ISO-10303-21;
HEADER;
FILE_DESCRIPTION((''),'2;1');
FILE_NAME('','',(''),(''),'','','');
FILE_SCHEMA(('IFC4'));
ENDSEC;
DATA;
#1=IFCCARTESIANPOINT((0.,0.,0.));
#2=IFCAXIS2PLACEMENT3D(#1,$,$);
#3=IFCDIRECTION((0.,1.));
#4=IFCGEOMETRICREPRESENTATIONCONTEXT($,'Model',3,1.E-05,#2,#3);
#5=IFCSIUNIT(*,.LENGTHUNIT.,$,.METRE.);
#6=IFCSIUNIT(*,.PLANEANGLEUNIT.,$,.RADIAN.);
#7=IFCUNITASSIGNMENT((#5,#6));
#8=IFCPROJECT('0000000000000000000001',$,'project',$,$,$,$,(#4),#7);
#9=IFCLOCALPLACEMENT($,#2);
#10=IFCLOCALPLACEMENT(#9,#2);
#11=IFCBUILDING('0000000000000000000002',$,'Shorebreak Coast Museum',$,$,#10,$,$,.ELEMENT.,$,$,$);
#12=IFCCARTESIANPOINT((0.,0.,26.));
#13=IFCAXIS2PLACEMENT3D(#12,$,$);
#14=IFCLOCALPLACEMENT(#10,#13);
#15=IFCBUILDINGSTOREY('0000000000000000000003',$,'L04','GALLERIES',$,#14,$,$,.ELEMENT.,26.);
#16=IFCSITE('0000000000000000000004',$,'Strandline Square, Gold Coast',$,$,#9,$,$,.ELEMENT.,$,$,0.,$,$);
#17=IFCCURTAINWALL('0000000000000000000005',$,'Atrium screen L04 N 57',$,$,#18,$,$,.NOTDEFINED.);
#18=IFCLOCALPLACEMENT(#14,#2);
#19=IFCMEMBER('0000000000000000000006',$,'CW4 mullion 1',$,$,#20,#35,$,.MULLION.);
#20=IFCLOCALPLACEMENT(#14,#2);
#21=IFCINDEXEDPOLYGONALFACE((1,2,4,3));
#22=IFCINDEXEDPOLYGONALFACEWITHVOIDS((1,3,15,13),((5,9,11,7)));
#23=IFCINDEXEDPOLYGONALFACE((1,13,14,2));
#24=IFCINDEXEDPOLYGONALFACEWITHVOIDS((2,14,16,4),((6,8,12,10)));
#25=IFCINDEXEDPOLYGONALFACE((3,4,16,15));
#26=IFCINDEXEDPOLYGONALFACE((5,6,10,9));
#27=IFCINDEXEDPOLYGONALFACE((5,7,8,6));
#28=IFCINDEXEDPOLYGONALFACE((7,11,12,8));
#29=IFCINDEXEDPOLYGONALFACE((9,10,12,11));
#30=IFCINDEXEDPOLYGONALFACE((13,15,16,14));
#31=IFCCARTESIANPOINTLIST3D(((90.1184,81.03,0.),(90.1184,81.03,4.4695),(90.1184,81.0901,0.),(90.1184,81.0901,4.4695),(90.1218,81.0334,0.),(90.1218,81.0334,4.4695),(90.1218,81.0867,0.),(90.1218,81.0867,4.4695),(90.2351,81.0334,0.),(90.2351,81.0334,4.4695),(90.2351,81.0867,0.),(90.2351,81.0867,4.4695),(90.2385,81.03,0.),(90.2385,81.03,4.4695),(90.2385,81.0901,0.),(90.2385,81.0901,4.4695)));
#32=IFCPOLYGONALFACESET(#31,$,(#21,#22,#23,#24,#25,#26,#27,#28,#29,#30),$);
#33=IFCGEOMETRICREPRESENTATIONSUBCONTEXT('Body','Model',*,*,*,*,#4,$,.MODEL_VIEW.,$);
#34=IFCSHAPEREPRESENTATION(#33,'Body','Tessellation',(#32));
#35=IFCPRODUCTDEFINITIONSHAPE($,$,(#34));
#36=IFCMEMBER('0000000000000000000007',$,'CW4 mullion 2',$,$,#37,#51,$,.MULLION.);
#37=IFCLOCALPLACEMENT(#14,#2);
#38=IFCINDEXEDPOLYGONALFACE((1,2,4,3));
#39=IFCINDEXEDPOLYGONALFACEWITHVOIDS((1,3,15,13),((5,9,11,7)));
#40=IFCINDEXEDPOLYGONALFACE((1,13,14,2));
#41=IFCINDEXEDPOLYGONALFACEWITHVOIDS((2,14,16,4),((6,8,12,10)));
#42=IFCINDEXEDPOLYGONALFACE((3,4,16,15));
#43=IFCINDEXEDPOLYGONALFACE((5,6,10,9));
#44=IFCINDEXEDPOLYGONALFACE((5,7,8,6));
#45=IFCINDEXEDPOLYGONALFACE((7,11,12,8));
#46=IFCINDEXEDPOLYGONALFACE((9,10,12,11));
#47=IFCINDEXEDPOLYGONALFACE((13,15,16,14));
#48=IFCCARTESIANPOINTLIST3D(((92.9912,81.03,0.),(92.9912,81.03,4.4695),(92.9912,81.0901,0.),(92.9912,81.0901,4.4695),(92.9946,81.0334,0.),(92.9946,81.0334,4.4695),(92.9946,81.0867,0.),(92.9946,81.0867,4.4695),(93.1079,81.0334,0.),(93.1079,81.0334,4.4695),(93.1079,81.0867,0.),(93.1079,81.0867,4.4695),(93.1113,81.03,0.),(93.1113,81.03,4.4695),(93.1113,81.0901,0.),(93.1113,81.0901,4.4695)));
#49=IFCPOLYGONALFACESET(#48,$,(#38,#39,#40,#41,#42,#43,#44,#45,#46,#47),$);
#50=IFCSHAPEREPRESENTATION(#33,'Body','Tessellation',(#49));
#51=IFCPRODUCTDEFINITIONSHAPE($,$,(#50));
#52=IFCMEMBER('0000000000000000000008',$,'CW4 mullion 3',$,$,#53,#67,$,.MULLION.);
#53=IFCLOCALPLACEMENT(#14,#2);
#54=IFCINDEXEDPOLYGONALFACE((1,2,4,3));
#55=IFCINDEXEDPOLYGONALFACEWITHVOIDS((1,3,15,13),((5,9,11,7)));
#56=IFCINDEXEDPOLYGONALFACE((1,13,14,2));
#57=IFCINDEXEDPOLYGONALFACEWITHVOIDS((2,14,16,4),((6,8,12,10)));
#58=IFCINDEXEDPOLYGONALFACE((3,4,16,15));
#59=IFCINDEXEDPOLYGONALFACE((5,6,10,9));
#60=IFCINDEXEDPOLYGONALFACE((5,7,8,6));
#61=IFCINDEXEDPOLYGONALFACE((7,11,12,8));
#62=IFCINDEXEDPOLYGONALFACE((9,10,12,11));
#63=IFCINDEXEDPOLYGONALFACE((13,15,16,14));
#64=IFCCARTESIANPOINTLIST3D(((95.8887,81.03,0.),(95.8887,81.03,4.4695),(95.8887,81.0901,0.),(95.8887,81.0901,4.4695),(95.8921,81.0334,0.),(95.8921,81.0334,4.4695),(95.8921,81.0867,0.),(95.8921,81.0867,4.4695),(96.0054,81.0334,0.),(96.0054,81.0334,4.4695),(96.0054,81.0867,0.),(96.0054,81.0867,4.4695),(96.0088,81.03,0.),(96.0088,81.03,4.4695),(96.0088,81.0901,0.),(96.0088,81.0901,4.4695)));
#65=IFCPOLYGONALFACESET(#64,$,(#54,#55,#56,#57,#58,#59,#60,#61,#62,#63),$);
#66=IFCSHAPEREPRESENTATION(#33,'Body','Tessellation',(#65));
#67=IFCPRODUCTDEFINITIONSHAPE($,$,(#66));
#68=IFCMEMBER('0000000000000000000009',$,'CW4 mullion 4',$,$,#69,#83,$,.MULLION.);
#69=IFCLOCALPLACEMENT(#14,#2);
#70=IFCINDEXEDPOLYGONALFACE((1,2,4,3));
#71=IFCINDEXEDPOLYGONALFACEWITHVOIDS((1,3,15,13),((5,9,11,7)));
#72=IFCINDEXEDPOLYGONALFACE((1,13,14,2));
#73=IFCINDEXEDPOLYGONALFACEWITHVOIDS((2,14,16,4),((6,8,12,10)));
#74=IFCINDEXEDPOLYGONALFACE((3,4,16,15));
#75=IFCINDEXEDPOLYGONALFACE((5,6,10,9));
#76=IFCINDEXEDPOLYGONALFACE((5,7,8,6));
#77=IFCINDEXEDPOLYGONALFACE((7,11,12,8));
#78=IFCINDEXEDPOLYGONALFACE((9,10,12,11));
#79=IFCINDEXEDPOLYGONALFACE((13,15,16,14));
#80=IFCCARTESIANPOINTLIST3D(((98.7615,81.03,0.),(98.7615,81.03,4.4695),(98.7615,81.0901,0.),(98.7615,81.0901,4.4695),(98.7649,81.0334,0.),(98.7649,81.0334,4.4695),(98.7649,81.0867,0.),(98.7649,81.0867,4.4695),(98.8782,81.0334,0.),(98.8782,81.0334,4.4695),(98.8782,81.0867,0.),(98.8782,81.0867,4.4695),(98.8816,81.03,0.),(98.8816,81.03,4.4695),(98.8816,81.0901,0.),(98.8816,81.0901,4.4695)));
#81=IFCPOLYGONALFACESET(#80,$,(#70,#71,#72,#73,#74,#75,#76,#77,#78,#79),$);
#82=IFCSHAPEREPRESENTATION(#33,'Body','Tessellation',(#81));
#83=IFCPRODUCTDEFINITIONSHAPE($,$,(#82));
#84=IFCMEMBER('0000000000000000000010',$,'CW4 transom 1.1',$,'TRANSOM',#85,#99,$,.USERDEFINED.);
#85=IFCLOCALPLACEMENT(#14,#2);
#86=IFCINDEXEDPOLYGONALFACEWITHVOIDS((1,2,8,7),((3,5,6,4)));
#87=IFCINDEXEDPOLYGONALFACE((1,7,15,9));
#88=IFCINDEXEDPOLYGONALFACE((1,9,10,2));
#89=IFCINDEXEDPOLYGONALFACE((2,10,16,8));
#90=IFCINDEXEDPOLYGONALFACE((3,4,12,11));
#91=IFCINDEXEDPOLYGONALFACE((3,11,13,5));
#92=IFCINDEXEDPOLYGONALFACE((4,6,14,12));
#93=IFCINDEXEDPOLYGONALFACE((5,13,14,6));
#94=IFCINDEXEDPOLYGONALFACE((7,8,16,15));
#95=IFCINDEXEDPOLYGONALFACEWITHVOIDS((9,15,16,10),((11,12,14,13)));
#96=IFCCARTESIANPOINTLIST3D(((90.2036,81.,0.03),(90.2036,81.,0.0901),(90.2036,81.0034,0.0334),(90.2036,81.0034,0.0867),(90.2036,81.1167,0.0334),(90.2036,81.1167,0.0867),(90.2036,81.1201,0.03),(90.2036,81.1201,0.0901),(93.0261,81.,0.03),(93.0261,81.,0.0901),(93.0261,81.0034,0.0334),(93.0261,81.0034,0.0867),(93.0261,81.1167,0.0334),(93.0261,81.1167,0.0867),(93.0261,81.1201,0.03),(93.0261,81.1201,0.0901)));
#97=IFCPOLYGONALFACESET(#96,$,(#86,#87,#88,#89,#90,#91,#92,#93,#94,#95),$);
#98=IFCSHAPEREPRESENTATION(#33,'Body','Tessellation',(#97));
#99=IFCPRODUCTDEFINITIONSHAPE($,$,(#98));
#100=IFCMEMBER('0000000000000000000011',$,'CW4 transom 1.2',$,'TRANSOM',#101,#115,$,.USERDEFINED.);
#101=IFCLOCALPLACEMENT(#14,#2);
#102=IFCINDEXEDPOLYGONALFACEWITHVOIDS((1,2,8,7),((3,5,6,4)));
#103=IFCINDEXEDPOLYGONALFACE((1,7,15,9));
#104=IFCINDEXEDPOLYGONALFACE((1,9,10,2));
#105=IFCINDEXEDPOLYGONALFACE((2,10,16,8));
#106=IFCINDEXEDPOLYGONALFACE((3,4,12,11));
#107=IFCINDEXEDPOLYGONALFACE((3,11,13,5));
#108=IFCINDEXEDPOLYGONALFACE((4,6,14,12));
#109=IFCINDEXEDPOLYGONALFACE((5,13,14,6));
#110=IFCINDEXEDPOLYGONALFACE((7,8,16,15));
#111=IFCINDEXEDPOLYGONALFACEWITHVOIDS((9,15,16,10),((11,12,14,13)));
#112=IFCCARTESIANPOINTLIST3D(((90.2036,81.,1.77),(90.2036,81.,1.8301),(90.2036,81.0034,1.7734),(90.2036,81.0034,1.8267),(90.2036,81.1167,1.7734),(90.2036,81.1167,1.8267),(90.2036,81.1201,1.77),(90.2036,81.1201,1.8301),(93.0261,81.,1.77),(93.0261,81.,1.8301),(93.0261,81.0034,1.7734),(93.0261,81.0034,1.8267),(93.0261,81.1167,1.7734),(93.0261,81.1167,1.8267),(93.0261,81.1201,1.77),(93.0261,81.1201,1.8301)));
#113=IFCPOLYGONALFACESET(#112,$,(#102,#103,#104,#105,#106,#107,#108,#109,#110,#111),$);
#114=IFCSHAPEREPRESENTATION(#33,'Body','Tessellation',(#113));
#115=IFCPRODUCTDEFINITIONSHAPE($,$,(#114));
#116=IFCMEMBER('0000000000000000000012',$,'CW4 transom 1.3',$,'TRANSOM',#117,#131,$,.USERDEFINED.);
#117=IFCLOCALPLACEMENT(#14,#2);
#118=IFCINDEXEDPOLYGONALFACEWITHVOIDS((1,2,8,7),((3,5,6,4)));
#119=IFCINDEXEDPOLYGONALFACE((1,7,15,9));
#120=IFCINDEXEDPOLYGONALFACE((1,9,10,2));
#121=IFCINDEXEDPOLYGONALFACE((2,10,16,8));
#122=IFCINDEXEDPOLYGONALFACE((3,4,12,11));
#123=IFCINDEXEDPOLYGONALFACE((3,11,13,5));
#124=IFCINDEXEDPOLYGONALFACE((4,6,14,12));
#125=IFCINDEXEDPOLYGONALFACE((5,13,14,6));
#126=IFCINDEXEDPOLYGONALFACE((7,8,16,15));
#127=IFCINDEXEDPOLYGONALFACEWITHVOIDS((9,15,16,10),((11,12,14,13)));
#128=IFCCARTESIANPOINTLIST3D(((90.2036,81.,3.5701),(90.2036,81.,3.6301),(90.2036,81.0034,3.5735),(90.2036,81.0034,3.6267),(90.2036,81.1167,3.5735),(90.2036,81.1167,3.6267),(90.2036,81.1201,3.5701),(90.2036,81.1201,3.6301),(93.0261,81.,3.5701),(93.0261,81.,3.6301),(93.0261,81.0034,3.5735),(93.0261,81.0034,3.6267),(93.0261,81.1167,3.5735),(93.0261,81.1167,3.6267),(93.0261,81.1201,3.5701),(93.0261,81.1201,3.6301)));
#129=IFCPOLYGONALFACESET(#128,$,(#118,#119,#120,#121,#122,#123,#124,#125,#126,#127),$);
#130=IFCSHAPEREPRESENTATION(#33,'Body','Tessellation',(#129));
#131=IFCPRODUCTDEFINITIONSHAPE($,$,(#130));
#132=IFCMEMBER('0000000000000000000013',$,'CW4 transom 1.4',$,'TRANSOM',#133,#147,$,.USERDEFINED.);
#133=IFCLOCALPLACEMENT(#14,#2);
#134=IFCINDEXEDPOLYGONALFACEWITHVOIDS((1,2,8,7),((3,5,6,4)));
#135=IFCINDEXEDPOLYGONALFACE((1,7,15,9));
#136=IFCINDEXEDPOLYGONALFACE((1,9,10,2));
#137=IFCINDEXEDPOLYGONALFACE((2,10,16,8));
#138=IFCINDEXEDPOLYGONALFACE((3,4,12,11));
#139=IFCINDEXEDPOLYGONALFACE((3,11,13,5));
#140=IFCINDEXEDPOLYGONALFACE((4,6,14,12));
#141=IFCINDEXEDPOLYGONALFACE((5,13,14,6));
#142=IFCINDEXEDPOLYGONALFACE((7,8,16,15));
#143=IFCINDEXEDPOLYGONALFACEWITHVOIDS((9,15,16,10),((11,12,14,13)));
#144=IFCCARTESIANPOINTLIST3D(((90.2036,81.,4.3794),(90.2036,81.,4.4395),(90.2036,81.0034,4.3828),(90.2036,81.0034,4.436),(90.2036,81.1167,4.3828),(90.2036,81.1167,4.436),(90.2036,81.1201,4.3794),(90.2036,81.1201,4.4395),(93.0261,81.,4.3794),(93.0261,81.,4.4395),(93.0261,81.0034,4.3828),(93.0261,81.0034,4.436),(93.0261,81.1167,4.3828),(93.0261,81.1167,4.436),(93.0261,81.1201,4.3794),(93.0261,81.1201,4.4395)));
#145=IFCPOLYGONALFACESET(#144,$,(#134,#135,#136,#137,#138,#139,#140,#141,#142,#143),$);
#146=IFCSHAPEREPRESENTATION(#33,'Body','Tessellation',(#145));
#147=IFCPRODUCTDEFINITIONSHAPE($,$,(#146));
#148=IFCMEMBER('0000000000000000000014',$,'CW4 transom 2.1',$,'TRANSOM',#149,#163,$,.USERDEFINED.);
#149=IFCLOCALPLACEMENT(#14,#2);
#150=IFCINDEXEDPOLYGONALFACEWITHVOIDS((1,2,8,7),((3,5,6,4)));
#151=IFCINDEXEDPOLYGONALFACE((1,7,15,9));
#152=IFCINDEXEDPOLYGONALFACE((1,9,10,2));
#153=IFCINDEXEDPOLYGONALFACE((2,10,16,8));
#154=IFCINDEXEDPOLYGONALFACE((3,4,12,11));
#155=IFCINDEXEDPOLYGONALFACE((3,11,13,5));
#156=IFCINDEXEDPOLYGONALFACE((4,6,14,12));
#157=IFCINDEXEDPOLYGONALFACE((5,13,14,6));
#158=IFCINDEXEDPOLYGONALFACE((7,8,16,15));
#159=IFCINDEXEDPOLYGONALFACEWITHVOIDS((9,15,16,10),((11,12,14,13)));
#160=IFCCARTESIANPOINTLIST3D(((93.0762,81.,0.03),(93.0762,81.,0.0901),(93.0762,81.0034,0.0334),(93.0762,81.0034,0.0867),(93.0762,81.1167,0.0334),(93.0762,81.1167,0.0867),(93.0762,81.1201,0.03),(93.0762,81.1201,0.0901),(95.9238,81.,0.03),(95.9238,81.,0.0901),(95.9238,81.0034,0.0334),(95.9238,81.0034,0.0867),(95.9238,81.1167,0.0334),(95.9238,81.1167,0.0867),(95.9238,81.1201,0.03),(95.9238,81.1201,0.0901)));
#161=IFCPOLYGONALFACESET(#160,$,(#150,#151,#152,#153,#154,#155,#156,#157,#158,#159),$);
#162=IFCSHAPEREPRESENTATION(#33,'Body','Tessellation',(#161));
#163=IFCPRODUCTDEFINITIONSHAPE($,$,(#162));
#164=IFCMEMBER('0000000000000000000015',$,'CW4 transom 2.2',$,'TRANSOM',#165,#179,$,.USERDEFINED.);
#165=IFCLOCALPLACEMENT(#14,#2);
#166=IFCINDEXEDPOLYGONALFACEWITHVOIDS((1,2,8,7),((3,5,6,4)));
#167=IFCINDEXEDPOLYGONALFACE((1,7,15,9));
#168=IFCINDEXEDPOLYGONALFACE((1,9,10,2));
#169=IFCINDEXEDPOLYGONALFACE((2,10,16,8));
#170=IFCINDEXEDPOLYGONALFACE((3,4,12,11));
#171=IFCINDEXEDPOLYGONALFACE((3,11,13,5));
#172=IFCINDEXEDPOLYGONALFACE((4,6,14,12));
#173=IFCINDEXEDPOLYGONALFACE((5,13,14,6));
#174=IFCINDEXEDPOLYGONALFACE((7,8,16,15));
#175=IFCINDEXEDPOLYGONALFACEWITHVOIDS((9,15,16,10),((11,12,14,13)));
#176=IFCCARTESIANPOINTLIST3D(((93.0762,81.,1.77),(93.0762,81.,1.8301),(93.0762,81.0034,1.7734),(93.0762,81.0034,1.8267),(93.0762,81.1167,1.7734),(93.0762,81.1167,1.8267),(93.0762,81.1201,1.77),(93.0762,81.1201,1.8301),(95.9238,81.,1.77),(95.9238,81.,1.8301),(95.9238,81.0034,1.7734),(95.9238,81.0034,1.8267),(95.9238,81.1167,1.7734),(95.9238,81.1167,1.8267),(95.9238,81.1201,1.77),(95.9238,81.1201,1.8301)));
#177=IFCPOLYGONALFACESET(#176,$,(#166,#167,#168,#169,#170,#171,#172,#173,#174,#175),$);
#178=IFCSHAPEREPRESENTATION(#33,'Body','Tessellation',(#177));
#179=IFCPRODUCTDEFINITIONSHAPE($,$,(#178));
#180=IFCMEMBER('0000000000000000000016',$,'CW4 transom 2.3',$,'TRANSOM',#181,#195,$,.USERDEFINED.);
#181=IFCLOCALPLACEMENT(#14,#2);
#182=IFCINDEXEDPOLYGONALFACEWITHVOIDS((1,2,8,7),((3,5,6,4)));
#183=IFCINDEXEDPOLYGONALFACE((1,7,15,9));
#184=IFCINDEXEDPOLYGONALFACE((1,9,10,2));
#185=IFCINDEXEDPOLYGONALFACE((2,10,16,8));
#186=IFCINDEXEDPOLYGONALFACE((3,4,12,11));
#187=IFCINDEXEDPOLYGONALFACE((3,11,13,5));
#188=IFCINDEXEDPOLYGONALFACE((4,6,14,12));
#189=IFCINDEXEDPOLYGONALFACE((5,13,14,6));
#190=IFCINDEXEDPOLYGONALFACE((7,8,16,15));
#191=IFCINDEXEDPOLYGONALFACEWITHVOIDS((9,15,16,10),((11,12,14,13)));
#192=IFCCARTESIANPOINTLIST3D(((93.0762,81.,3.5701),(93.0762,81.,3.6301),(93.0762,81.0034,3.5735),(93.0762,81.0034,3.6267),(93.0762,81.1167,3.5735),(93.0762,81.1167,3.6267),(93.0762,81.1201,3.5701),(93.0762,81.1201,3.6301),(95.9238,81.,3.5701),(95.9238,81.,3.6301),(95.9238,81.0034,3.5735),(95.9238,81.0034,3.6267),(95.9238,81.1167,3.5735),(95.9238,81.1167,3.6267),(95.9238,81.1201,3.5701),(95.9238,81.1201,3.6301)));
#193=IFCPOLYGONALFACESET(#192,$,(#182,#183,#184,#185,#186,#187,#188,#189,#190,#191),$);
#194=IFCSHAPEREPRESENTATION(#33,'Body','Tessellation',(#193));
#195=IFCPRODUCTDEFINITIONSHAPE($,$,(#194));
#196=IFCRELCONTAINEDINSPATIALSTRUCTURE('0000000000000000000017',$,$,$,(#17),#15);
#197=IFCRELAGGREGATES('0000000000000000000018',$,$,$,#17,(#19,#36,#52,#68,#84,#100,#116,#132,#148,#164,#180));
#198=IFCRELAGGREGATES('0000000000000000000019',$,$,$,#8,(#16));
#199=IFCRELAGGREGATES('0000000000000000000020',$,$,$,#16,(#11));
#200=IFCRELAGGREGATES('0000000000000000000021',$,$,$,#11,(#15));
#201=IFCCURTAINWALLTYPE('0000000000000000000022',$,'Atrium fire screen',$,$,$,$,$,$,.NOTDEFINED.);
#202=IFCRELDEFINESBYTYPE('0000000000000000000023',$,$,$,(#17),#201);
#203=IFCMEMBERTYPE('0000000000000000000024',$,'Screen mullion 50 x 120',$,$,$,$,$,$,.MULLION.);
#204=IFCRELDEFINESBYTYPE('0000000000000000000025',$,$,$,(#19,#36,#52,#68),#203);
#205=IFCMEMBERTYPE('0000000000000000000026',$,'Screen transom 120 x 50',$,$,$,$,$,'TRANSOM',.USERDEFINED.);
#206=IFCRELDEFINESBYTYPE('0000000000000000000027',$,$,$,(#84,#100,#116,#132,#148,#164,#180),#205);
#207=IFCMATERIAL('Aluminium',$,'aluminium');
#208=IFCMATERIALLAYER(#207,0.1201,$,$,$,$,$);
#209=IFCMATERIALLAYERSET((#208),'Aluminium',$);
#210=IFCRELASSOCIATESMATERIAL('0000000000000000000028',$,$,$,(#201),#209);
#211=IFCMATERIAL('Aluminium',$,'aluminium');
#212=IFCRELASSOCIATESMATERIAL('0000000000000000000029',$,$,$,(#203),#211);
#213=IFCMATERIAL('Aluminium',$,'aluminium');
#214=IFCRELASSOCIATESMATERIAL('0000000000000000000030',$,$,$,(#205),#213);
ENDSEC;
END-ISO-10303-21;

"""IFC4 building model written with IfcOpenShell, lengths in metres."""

from ifc_helpers import new_model, si_unit, direction, frame, origin, origin_2d, place, context, subcontext, project, spatial, hollow_rectangle, extrude, material, layer, layer_set, material_profile, profile_set, type_object, element, aggregate, save


model = new_model("IFC4")

# Units and contexts
model_context = context("Model", 3, precision=1e-05, world=origin(), true_north=direction((0.0, 1.0)))
body_context = subcontext(model_context, "Body", "Model", "MODEL_VIEW")
ifc_project = project(units=[si_unit("LENGTHUNIT", "METRE"), si_unit("PLANEANGLEUNIT", "RADIAN")], contexts=[model_context])

# Site, building, storey
site_placement = place(None, origin())
site = spatial("IfcSite", under=ifc_project, at=site_placement, Name="Strandline Square, Gold Coast", CompositionType="ELEMENT", RefElevation=0.0)
building_placement = place(site_placement, origin())
building = spatial("IfcBuilding", under=site, at=building_placement, Name="Shorebreak Coast Museum", CompositionType="ELEMENT")
storey_placement = place(building_placement, frame((0.0, 0.0, 26.0)))
storey = spatial("IfcBuildingStorey", under=building, at=storey_placement, Name="L04", Description="GALLERIES", CompositionType="ELEMENT", Elevation=26.0)

# Curtain wall, members
ifc_material_1 = material(Name="Aluminium", Category="aluminium")
ifc_layer_1 = layer(ifc_material_1, 0.1201)
ifc_layer_set_1 = layer_set([ifc_layer_1], Name="Aluminium")
curtain_wall_type = type_object("IfcCurtainWallType", Name="Atrium fire screen", PredefinedType="NOTDEFINED", material=ifc_layer_set_1)
curtain_wall_placement = place(storey_placement, origin())
curtain_wall = element("IfcCurtainWall", 1, at=curtain_wall_placement, inside=storey, type_object=curtain_wall_type, Name="Atrium screen L04 N 57", PredefinedType="NOTDEFINED")
ifc_material_2 = material(Name="Aluminium", Category="aluminium")
ifc_material_profile_1 = material_profile(ifc_material_2, hollow_rectangle(XDim=0.0601, YDim=0.1201, WallThickness=0.0034, at=origin_2d()), Name="AL 120x60 RHS")
ifc_profile_set_1 = profile_set([ifc_material_profile_1], Name="Aluminium")
member_type_1 = type_object("IfcMemberType", Name="Screen mullion 50 x 120", PredefinedType="MULLION", material=ifc_profile_set_1)
member_1_placement = place(storey_placement, frame((90.1785, 81.0601, 0.0), z_axis=(0.0, 0.0, 1.0), x_axis=(0.0, 1.0, 0.0)))
member_1 = element("IfcMember", 2, at=member_1_placement, type_object=member_type_1, Name="CW4 mullion 1", PredefinedType="MULLION", context=body_context, shape_type="SweptSolid", body=[
    extrude(hollow_rectangle(XDim=0.0601, YDim=0.1201, WallThickness=0.0034, at=origin_2d()), origin(), (0.0, 0.0, 1.0), 4.4695),
])
member_2_placement = place(storey_placement, frame((93.0513, 81.0601, 0.0), z_axis=(0.0, 0.0, 1.0), x_axis=(0.0, 1.0, 0.0)))
member_2 = element("IfcMember", 3, at=member_2_placement, type_object=member_type_1, Name="CW4 mullion 2", PredefinedType="MULLION", context=body_context, shape_type="SweptSolid", body=[
    extrude(hollow_rectangle(XDim=0.0601, YDim=0.1201, WallThickness=0.0034, at=origin_2d()), origin(), (0.0, 0.0, 1.0), 4.4695),
])
member_3_placement = place(storey_placement, frame((95.9487, 81.0601, 0.0), z_axis=(0.0, 0.0, 1.0), x_axis=(0.0, 1.0, 0.0)))
member_3 = element("IfcMember", 4, at=member_3_placement, type_object=member_type_1, Name="CW4 mullion 3", PredefinedType="MULLION", context=body_context, shape_type="SweptSolid", body=[
    extrude(hollow_rectangle(XDim=0.0601, YDim=0.1201, WallThickness=0.0034, at=origin_2d()), origin(), (0.0, 0.0, 1.0), 4.4695),
])
member_4_placement = place(storey_placement, frame((98.8215, 81.0601, 0.0), z_axis=(0.0, 0.0, 1.0), x_axis=(0.0, 1.0, 0.0)))
member_4 = element("IfcMember", 5, at=member_4_placement, type_object=member_type_1, Name="CW4 mullion 4", PredefinedType="MULLION", context=body_context, shape_type="SweptSolid", body=[
    extrude(hollow_rectangle(XDim=0.0601, YDim=0.1201, WallThickness=0.0034, at=origin_2d()), origin(), (0.0, 0.0, 1.0), 4.4695),
])
ifc_material_3 = material(Name="Aluminium", Category="aluminium")
ifc_material_profile_2 = material_profile(ifc_material_3, hollow_rectangle(XDim=0.1201, YDim=0.0601, WallThickness=0.0034, at=origin_2d()), Name="AL 60x120 RHS")
ifc_profile_set_2 = profile_set([ifc_material_profile_2], Name="Aluminium")
member_type_2 = type_object("IfcMemberType", Name="Screen transom 120 x 50", ElementType="TRANSOM", PredefinedType="USERDEFINED", material=ifc_profile_set_2)
member_5_placement = place(storey_placement, frame((90.2036, 81.0601, 0.0601), z_axis=(1.0, 0.0, 0.0), x_axis=(0.0, 1.0, 0.0)))
member_5 = element("IfcMember", 6, at=member_5_placement, type_object=member_type_2, Name="CW4 transom 1.1", ObjectType="TRANSOM", PredefinedType="USERDEFINED", context=body_context, shape_type="SweptSolid", body=[
    extrude(hollow_rectangle(XDim=0.1201, YDim=0.0601, WallThickness=0.0034, at=origin_2d()), origin(), (0.0, 0.0, 1.0), 2.8225),
])
member_6_placement = place(storey_placement, frame((90.2036, 81.0601, 1.8), z_axis=(1.0, 0.0, 0.0), x_axis=(0.0, 1.0, 0.0)))
member_6 = element("IfcMember", 7, at=member_6_placement, type_object=member_type_2, Name="CW4 transom 1.2", ObjectType="TRANSOM", PredefinedType="USERDEFINED", context=body_context, shape_type="SweptSolid", body=[
    extrude(hollow_rectangle(XDim=0.1201, YDim=0.0601, WallThickness=0.0034, at=origin_2d()), origin(), (0.0, 0.0, 1.0), 2.8225),
])
member_7_placement = place(storey_placement, frame((90.2036, 81.0601, 3.6001), z_axis=(1.0, 0.0, 0.0), x_axis=(0.0, 1.0, 0.0)))
member_7 = element("IfcMember", 8, at=member_7_placement, type_object=member_type_2, Name="CW4 transom 1.3", ObjectType="TRANSOM", PredefinedType="USERDEFINED", context=body_context, shape_type="SweptSolid", body=[
    extrude(hollow_rectangle(XDim=0.1201, YDim=0.0601, WallThickness=0.0034, at=origin_2d()), origin(), (0.0, 0.0, 1.0), 2.8225),
])
member_8_placement = place(storey_placement, frame((90.2036, 81.0601, 4.4094), z_axis=(1.0, 0.0, 0.0), x_axis=(0.0, 1.0, 0.0)))
member_8 = element("IfcMember", 9, at=member_8_placement, type_object=member_type_2, Name="CW4 transom 1.4", ObjectType="TRANSOM", PredefinedType="USERDEFINED", context=body_context, shape_type="SweptSolid", body=[
    extrude(hollow_rectangle(XDim=0.1201, YDim=0.0601, WallThickness=0.0034, at=origin_2d()), origin(), (0.0, 0.0, 1.0), 2.8225),
])
member_9_placement = place(storey_placement, frame((93.0762, 81.0601, 0.0601), z_axis=(1.0, 0.0, 0.0), x_axis=(0.0, 1.0, 0.0)))
member_9 = element("IfcMember", 10, at=member_9_placement, type_object=member_type_2, Name="CW4 transom 2.1", ObjectType="TRANSOM", PredefinedType="USERDEFINED", context=body_context, shape_type="SweptSolid", body=[
    extrude(hollow_rectangle(XDim=0.1201, YDim=0.0601, WallThickness=0.0034, at=origin_2d()), origin(), (0.0, 0.0, 1.0), 2.8477),
])
member_10_placement = place(storey_placement, frame((93.0762, 81.0601, 1.8), z_axis=(1.0, 0.0, 0.0), x_axis=(0.0, 1.0, 0.0)))
member_10 = element("IfcMember", 11, at=member_10_placement, type_object=member_type_2, Name="CW4 transom 2.2", ObjectType="TRANSOM", PredefinedType="USERDEFINED", context=body_context, shape_type="SweptSolid", body=[
    extrude(hollow_rectangle(XDim=0.1201, YDim=0.0601, WallThickness=0.0034, at=origin_2d()), origin(), (0.0, 0.0, 1.0), 2.8477),
])
member_11_placement = place(storey_placement, frame((93.0762, 81.0601, 3.6001), z_axis=(1.0, 0.0, 0.0), x_axis=(0.0, 1.0, 0.0)))
member_11 = element("IfcMember", 12, at=member_11_placement, type_object=member_type_2, Name="CW4 transom 2.3", ObjectType="TRANSOM", PredefinedType="USERDEFINED", context=body_context, shape_type="SweptSolid", body=[
    extrude(hollow_rectangle(XDim=0.1201, YDim=0.0601, WallThickness=0.0034, at=origin_2d()), origin(), (0.0, 0.0, 1.0), 2.8477),
])
aggregate(curtain_wall, [member_1, member_2, member_3, member_4, member_5, member_6, member_7, member_8, member_9, member_10, member_11])

save(model, "model.ifc")
